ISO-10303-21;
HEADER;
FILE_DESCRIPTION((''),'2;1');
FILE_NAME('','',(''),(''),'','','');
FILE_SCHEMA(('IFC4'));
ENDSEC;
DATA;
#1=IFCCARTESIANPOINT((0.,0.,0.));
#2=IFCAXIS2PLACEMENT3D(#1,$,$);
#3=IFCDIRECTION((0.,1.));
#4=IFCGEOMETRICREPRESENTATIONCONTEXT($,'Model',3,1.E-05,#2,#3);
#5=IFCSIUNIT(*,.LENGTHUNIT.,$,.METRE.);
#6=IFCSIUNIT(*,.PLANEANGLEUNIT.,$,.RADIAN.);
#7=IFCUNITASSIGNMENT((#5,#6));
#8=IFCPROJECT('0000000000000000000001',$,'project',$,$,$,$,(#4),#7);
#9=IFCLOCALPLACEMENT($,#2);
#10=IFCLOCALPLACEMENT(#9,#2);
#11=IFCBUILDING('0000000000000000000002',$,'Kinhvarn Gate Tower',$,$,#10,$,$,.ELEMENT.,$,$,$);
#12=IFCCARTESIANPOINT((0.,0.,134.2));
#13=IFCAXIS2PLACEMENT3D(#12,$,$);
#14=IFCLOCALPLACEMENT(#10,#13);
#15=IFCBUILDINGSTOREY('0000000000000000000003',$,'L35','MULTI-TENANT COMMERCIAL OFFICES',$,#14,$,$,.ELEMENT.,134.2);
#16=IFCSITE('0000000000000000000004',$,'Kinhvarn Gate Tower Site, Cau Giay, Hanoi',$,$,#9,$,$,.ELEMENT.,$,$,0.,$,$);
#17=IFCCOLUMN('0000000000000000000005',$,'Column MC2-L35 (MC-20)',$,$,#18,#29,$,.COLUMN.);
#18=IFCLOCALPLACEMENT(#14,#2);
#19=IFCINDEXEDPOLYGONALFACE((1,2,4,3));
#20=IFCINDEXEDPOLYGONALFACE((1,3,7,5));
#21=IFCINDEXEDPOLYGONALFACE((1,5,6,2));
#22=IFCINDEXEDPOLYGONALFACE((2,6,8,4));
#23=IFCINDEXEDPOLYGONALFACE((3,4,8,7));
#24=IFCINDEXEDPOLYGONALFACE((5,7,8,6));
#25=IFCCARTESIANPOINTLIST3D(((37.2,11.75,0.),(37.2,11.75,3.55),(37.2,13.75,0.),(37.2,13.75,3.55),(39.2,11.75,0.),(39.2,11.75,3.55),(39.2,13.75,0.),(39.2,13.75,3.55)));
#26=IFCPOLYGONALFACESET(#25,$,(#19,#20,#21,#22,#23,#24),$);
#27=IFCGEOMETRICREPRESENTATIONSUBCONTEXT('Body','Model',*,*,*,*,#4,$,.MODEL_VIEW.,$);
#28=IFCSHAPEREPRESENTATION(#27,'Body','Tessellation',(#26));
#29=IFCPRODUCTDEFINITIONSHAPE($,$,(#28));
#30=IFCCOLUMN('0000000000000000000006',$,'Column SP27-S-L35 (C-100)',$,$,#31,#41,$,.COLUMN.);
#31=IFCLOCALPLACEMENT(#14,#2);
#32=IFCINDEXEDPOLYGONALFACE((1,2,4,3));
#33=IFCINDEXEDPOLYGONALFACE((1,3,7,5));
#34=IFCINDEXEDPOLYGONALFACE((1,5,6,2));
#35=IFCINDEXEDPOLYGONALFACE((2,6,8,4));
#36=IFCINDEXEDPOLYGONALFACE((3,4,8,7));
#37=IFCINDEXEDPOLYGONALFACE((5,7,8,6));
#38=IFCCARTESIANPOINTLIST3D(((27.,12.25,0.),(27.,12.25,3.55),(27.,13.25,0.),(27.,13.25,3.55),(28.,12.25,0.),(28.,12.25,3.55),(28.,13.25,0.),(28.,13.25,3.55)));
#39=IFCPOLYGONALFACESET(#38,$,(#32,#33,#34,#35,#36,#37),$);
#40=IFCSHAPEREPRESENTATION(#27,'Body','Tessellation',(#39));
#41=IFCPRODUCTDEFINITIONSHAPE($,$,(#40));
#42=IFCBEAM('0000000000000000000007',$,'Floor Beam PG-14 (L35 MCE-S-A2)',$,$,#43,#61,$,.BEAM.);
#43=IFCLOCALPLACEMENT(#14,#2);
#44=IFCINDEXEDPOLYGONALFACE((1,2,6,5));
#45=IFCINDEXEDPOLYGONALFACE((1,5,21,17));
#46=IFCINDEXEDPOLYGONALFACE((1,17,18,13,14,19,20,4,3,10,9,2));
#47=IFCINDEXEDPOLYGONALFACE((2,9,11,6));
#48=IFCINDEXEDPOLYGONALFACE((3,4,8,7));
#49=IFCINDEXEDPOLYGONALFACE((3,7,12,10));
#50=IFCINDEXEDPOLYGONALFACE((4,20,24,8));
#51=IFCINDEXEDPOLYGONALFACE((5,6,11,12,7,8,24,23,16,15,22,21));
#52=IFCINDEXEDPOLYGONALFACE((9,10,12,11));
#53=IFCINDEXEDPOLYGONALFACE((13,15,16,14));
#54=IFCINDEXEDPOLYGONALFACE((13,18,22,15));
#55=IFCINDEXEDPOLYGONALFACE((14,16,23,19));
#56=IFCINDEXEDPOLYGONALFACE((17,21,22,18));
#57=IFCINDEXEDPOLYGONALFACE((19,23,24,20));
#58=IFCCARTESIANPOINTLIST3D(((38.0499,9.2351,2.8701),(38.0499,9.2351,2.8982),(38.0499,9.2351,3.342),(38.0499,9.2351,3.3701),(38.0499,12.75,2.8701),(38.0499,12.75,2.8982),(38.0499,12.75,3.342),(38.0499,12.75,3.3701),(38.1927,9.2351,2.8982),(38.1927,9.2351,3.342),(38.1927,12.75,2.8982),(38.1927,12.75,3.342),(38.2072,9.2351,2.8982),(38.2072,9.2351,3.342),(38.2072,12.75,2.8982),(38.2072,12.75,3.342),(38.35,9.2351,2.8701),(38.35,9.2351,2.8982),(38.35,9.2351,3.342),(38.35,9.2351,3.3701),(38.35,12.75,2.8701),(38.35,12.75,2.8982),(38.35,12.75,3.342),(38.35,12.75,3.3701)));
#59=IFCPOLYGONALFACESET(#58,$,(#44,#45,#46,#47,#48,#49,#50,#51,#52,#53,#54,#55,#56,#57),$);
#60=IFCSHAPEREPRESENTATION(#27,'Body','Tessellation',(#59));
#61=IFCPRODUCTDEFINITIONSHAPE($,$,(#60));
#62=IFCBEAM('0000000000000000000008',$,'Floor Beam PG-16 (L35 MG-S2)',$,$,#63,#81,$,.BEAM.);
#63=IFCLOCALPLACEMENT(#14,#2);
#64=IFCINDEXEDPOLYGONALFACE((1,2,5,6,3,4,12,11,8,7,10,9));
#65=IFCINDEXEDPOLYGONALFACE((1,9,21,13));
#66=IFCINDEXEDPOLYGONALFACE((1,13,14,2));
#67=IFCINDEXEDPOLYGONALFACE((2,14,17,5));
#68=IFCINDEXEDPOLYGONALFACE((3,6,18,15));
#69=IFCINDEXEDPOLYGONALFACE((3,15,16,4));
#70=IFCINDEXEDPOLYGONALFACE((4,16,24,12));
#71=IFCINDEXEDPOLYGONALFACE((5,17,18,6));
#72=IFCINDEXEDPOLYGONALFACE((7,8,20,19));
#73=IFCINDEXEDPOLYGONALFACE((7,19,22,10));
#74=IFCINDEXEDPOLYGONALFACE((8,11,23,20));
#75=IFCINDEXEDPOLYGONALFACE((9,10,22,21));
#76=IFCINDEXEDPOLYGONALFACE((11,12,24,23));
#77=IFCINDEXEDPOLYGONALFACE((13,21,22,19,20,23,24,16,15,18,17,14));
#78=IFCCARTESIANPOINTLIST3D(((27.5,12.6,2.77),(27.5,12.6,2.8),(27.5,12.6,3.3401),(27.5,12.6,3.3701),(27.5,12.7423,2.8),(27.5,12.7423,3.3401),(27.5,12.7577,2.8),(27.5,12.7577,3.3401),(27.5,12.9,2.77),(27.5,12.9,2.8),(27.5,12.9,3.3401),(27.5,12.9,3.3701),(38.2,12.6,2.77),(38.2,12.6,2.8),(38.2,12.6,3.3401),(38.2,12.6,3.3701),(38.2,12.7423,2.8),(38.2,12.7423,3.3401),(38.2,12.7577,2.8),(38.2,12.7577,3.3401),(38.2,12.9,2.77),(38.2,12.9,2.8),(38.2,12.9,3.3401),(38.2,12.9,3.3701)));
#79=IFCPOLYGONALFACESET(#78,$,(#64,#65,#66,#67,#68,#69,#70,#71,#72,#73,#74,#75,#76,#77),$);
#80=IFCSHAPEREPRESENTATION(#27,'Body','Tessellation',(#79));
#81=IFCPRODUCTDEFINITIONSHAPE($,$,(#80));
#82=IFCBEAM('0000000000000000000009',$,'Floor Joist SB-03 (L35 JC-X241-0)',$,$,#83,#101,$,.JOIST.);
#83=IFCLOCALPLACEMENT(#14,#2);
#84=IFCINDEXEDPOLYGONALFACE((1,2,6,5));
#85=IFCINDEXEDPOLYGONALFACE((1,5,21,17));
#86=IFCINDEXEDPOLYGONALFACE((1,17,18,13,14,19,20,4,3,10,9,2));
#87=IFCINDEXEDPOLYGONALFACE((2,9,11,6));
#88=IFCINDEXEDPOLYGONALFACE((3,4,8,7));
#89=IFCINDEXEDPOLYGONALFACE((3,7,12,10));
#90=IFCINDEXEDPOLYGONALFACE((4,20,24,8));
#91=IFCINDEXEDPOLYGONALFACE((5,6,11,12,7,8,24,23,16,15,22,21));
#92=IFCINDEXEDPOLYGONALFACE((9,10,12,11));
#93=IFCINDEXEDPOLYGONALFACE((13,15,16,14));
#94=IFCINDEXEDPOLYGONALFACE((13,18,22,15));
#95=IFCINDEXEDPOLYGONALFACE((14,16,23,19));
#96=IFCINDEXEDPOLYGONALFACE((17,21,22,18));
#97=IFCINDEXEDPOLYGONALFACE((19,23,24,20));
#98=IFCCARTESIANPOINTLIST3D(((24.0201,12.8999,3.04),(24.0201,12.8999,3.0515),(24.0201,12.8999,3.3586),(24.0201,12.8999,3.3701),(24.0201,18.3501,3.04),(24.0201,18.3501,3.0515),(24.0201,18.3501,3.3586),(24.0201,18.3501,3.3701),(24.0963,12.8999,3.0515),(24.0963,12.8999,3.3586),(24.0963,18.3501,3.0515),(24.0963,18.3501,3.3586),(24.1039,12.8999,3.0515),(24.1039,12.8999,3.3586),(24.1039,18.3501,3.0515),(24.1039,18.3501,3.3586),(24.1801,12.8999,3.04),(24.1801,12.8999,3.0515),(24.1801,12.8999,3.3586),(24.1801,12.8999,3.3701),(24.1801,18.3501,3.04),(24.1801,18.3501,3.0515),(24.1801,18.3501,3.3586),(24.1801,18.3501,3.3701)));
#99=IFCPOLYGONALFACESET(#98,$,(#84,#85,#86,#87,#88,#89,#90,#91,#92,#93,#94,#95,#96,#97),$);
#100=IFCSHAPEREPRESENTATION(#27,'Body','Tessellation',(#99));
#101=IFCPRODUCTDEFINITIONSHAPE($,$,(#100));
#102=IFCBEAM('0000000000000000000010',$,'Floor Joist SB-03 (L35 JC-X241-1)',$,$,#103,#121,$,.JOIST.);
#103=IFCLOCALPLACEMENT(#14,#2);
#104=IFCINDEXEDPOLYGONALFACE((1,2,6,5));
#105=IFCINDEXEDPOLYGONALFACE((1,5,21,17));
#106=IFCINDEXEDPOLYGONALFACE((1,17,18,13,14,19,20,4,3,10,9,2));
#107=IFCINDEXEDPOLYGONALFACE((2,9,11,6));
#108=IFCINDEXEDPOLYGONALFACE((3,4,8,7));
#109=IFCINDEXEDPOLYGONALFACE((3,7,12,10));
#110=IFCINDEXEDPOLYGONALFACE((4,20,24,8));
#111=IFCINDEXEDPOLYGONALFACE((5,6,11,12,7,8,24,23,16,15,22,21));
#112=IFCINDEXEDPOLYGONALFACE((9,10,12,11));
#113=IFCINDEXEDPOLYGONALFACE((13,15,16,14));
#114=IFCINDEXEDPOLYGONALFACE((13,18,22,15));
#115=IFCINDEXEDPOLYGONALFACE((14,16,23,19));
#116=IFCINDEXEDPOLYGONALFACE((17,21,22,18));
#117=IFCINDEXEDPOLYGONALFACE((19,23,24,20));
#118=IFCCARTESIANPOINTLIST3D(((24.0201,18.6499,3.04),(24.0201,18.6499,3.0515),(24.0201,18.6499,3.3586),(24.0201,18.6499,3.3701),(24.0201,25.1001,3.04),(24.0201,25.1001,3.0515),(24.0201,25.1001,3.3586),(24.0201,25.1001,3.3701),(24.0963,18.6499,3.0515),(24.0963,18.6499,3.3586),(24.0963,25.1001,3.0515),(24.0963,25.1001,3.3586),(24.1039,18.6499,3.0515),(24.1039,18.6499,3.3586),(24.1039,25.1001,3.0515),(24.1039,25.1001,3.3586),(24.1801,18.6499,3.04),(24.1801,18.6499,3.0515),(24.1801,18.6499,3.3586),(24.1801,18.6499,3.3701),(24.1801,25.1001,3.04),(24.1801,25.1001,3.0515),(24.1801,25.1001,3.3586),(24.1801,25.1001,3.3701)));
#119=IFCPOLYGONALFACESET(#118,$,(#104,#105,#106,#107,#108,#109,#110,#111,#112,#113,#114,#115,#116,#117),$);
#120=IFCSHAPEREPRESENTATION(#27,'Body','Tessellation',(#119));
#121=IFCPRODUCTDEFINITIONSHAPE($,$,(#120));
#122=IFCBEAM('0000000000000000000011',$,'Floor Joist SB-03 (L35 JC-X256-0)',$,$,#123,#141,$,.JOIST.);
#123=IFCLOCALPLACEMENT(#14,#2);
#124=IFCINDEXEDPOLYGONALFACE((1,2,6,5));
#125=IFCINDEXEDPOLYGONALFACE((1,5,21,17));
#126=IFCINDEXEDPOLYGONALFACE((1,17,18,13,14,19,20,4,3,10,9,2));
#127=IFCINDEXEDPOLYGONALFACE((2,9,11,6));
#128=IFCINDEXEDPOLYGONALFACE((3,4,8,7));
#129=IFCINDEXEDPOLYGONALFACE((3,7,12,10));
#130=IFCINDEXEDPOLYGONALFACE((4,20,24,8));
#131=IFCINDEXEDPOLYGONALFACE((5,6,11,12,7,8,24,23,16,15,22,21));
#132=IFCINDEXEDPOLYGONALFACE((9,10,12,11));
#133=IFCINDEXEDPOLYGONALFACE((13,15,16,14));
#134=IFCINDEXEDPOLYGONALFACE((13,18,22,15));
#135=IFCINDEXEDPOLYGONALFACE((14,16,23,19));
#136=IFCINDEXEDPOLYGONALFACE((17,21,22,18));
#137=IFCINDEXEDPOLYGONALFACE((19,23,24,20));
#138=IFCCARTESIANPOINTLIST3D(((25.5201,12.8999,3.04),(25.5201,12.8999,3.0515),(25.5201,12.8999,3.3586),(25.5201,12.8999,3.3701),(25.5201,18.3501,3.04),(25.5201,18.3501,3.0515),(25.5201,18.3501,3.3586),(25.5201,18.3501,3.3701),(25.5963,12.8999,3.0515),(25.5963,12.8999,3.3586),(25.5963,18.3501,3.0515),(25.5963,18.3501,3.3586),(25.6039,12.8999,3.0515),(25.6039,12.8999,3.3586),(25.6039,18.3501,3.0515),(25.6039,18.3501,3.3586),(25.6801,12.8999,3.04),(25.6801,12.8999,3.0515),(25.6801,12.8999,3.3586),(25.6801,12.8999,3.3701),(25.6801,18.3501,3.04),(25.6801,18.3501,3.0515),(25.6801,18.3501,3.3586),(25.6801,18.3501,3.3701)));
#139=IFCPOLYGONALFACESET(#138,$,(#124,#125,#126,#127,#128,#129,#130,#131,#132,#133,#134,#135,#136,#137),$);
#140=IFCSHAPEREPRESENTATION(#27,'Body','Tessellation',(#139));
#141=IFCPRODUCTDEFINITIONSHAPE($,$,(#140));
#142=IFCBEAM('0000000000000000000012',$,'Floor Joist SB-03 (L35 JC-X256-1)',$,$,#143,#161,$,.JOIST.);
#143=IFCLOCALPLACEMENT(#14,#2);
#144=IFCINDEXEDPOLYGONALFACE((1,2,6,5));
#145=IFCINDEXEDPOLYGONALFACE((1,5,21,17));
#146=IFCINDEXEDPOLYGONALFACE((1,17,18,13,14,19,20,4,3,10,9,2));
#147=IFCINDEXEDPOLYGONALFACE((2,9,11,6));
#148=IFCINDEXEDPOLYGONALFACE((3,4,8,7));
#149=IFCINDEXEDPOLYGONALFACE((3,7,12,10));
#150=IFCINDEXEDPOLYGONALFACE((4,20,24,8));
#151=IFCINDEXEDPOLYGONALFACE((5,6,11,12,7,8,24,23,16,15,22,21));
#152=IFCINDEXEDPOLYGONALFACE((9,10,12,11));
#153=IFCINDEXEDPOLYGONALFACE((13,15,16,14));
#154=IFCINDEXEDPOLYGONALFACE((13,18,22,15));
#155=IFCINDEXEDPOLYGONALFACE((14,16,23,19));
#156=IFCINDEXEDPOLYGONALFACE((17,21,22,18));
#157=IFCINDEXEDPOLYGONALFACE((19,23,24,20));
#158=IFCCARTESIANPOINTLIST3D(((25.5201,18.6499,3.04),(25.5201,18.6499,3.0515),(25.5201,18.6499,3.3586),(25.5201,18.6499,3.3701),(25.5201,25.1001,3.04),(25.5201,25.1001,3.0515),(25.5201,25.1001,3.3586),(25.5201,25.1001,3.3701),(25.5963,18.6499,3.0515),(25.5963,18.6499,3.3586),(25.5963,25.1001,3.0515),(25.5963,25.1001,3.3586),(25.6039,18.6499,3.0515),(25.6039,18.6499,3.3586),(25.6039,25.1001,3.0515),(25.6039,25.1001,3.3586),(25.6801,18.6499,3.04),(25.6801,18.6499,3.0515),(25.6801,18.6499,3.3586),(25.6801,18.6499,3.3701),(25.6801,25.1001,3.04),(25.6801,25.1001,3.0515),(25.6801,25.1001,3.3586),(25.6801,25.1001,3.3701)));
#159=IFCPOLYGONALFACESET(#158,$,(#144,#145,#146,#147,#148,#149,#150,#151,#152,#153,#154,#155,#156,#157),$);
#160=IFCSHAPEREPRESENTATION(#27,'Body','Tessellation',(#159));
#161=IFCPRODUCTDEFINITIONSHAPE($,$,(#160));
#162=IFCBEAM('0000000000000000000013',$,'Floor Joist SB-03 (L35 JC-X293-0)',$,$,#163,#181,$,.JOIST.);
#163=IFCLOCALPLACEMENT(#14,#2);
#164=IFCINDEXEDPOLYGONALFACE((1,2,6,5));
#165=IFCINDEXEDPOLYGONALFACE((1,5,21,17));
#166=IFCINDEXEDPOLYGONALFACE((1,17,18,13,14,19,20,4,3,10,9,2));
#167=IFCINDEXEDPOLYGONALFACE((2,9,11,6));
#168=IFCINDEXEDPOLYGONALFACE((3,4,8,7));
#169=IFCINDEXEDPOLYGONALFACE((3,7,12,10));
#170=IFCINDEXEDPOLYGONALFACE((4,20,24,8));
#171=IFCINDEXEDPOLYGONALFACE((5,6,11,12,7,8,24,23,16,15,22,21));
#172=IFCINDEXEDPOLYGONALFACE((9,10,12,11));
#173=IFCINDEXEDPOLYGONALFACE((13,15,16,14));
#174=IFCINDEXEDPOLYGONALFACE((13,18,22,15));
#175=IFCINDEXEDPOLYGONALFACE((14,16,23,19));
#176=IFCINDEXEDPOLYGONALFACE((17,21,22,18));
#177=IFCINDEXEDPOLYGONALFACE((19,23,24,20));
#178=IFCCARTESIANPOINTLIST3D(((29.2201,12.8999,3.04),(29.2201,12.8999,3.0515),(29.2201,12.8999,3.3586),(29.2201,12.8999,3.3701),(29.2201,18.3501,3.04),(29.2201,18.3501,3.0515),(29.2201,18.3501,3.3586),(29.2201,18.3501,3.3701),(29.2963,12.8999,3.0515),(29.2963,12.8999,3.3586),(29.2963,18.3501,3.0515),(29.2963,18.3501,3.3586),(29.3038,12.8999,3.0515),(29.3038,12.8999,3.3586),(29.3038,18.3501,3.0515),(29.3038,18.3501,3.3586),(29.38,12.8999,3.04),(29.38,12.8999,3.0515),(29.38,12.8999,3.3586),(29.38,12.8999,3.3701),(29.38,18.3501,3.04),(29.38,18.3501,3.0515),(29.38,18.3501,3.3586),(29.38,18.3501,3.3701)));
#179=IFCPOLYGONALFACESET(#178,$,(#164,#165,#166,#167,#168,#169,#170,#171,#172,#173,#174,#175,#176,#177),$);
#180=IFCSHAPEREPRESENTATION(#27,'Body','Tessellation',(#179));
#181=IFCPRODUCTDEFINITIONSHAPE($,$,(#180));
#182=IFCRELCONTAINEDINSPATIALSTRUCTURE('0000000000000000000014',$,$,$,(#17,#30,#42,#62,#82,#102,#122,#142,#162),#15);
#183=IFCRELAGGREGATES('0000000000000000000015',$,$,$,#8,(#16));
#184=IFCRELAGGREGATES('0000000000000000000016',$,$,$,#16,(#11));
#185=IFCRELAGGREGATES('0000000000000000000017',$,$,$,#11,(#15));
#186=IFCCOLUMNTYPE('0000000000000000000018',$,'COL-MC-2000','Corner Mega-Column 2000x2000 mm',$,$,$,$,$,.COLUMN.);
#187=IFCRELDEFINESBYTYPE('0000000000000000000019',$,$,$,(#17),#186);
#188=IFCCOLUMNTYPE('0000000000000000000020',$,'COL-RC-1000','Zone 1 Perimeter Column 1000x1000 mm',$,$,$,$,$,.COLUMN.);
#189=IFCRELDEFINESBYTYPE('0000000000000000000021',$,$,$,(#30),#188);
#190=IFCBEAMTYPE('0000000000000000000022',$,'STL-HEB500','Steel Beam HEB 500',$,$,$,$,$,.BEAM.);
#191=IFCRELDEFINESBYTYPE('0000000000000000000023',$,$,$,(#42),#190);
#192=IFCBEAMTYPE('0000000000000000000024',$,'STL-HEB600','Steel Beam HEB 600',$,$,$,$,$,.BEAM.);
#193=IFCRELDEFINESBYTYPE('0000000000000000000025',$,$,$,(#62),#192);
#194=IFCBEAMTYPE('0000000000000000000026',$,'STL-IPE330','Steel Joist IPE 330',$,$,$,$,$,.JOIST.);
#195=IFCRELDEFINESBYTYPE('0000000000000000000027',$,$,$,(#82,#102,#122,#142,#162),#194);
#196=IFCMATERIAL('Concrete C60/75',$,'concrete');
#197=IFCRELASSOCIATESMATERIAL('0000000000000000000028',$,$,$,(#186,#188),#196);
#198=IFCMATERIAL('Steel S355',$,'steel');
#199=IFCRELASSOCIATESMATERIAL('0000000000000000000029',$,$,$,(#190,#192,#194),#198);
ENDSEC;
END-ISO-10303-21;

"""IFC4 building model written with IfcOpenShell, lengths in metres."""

from ifc_helpers import new_model, si_unit, direction, frame, origin, origin_2d, place, context, subcontext, project, spatial, rectangle, i_section, extrude, material, material_profile, profile_set, type_object, element, save


model = new_model("IFC4")

# Units and contexts
model_context = context("Model", 3, precision=1e-05, world=origin(), true_north=direction((0.0, 1.0)))
body_context = subcontext(model_context, "Body", "Model", "MODEL_VIEW")
ifc_project = project(units=[si_unit("LENGTHUNIT", "METRE"), si_unit("PLANEANGLEUNIT", "RADIAN")], contexts=[model_context])

# Site, building, storey
site_placement = place(None, origin())
site = spatial("IfcSite", under=ifc_project, at=site_placement, Name="Kinhvarn Gate Tower Site, Cau Giay, Hanoi", CompositionType="ELEMENT", RefElevation=0.0)
building_placement = place(site_placement, origin())
building = spatial("IfcBuilding", under=site, at=building_placement, Name="Kinhvarn Gate Tower", CompositionType="ELEMENT")
storey_placement = place(building_placement, frame((0.0, 0.0, 134.2)))
storey = spatial("IfcBuildingStorey", under=building, at=storey_placement, Name="L35", Description="MULTI-TENANT COMMERCIAL OFFICES", CompositionType="ELEMENT", Elevation=134.2)

# Columns
ifc_material_1 = material(Name="Concrete C60/75", Category="concrete")
ifc_material_profile_1 = material_profile(ifc_material_1, rectangle(XDim=2.0, YDim=2.0, at=origin_2d()), Name="RC 2000x2000")
ifc_profile_set_1 = profile_set([ifc_material_profile_1], Name="Concrete C60/75")
column_type_1 = type_object("IfcColumnType", Name="COL-MC-2000", Description="Corner Mega-Column 2000x2000 mm", PredefinedType="COLUMN", material=ifc_profile_set_1)
column_1_placement = place(storey_placement, frame((38.2, 12.75, 0.0), z_axis=(0.0, 0.0, 1.0), x_axis=(1.0, 0.0, 0.0)))
element("IfcColumn", 1, at=column_1_placement, inside=storey, type_object=column_type_1, Name="Column MC2-L35 (MC-20)", PredefinedType="COLUMN", context=body_context, shape_type="SweptSolid", body=[
    extrude(rectangle(XDim=2.0, YDim=2.0, at=origin_2d()), origin(), (0.0, 0.0, 1.0), 3.55),
])
ifc_material_profile_2 = material_profile(ifc_material_1, rectangle(XDim=1.0, YDim=1.0, at=origin_2d()), Name="RC 1000x1000")
ifc_profile_set_2 = profile_set([ifc_material_profile_2], Name="Concrete C60/75")
column_type_2 = type_object("IfcColumnType", Name="COL-RC-1000", Description="Zone 1 Perimeter Column 1000x1000 mm", PredefinedType="COLUMN", material=ifc_profile_set_2)
column_2_placement = place(storey_placement, frame((27.5, 12.75, 0.0), z_axis=(0.0, 0.0, 1.0), x_axis=(1.0, 0.0, 0.0)))
element("IfcColumn", 2, at=column_2_placement, inside=storey, type_object=column_type_2, Name="Column SP27-S-L35 (C-100)", PredefinedType="COLUMN", context=body_context, shape_type="SweptSolid", body=[
    extrude(rectangle(XDim=1.0, YDim=1.0, at=origin_2d()), origin(), (0.0, 0.0, 1.0), 3.55),
])

# Beams
ifc_material_2 = material(Name="Steel S355", Category="steel")
ifc_material_profile_3 = material_profile(ifc_material_2, i_section(OverallWidth=0.3, OverallDepth=0.5, WebThickness=0.0144, FlangeThickness=0.0281, at=origin_2d()), Name="HEB 500")
ifc_profile_set_3 = profile_set([ifc_material_profile_3], Name="Steel S355")
beam_type_1 = type_object("IfcBeamType", Name="STL-HEB500", Description="Steel Beam HEB 500", PredefinedType="BEAM", material=ifc_profile_set_3)
beam_1_placement = place(storey_placement, frame((38.2, 9.2351, 3.1201), z_axis=(0.0, 1.0, 0.0), x_axis=(-1.0, 0.0, 0.0)))
element("IfcBeam", 3, at=beam_1_placement, inside=storey, type_object=beam_type_1, Name="Floor Beam PG-14 (L35 MCE-S-A2)", PredefinedType="BEAM", context=body_context, shape_type="SweptSolid", body=[
    extrude(i_section(OverallWidth=0.3, OverallDepth=0.5, WebThickness=0.0144, FlangeThickness=0.0281, at=origin_2d()), origin(), (0.0, 0.0, 1.0), 3.5149),
])
ifc_material_profile_4 = material_profile(ifc_material_2, i_section(OverallWidth=0.3, OverallDepth=0.6001, WebThickness=0.0154, FlangeThickness=0.03, at=origin_2d()), Name="HEB 600")
ifc_profile_set_4 = profile_set([ifc_material_profile_4], Name="Steel S355")
beam_type_2 = type_object("IfcBeamType", Name="STL-HEB600", Description="Steel Beam HEB 600", PredefinedType="BEAM", material=ifc_profile_set_4)
beam_2_placement = place(storey_placement, frame((27.5, 12.75, 3.0701), z_axis=(1.0, 0.0, 0.0), x_axis=(0.0, 1.0, 0.0)))
element("IfcBeam", 4, at=beam_2_placement, inside=storey, type_object=beam_type_2, Name="Floor Beam PG-16 (L35 MG-S2)", PredefinedType="BEAM", context=body_context, shape_type="SweptSolid", body=[
    extrude(i_section(OverallWidth=0.3, OverallDepth=0.6001, WebThickness=0.0154, FlangeThickness=0.03, at=origin_2d()), origin(), (0.0, 0.0, 1.0), 10.7),
])
ifc_material_profile_5 = material_profile(ifc_material_2, i_section(OverallWidth=0.1599, OverallDepth=0.3301, WebThickness=0.0076, FlangeThickness=0.0115, at=origin_2d()), Name="IPE 330")
ifc_profile_set_5 = profile_set([ifc_material_profile_5], Name="Steel S355")
beam_type_3 = type_object("IfcBeamType", Name="STL-IPE330", Description="Steel Joist IPE 330", PredefinedType="JOIST", material=ifc_profile_set_5)
beam_3_placement = place(storey_placement, frame((24.1001, 12.8999, 3.2051), z_axis=(0.0, 1.0, 0.0), x_axis=(-1.0, 0.0, 0.0)))
element("IfcBeam", 5, at=beam_3_placement, inside=storey, type_object=beam_type_3, Name="Floor Joist SB-03 (L35 JC-X241-0)", PredefinedType="JOIST", context=body_context, shape_type="SweptSolid", body=[
    extrude(i_section(OverallWidth=0.1599, OverallDepth=0.3301, WebThickness=0.0076, FlangeThickness=0.0115, at=origin_2d()), origin(), (0.0, 0.0, 1.0), 5.4502),
])
beam_4_placement = place(storey_placement, frame((24.1001, 18.6499, 3.2051), z_axis=(0.0, 1.0, 0.0), x_axis=(-1.0, 0.0, 0.0)))
element("IfcBeam", 6, at=beam_4_placement, inside=storey, type_object=beam_type_3, Name="Floor Joist SB-03 (L35 JC-X241-1)", PredefinedType="JOIST", context=body_context, shape_type="SweptSolid", body=[
    extrude(i_section(OverallWidth=0.1599, OverallDepth=0.3301, WebThickness=0.0076, FlangeThickness=0.0115, at=origin_2d()), origin(), (0.0, 0.0, 1.0), 6.4502),
])
beam_5_placement = place(storey_placement, frame((25.6001, 12.8999, 3.2051), z_axis=(0.0, 1.0, 0.0), x_axis=(-1.0, 0.0, 0.0)))
element("IfcBeam", 7, at=beam_5_placement, inside=storey, type_object=beam_type_3, Name="Floor Joist SB-03 (L35 JC-X256-0)", PredefinedType="JOIST", context=body_context, shape_type="SweptSolid", body=[
    extrude(i_section(OverallWidth=0.1599, OverallDepth=0.3301, WebThickness=0.0076, FlangeThickness=0.0115, at=origin_2d()), origin(), (0.0, 0.0, 1.0), 5.4502),
])
beam_6_placement = place(storey_placement, frame((25.6001, 18.6499, 3.2051), z_axis=(0.0, 1.0, 0.0), x_axis=(-1.0, 0.0, 0.0)))
element("IfcBeam", 8, at=beam_6_placement, inside=storey, type_object=beam_type_3, Name="Floor Joist SB-03 (L35 JC-X256-1)", PredefinedType="JOIST", context=body_context, shape_type="SweptSolid", body=[
    extrude(i_section(OverallWidth=0.1599, OverallDepth=0.3301, WebThickness=0.0076, FlangeThickness=0.0115, at=origin_2d()), origin(), (0.0, 0.0, 1.0), 6.4502),
])
beam_7_placement = place(storey_placement, frame((29.3, 12.8999, 3.2051), z_axis=(0.0, 1.0, 0.0), x_axis=(-1.0, 0.0, 0.0)))
element("IfcBeam", 9, at=beam_7_placement, inside=storey, type_object=beam_type_3, Name="Floor Joist SB-03 (L35 JC-X293-0)", PredefinedType="JOIST", context=body_context, shape_type="SweptSolid", body=[
    extrude(i_section(OverallWidth=0.1599, OverallDepth=0.3301, WebThickness=0.0076, FlangeThickness=0.0115, at=origin_2d()), origin(), (0.0, 0.0, 1.0), 5.4502),
])

save(model, "model.ifc")
